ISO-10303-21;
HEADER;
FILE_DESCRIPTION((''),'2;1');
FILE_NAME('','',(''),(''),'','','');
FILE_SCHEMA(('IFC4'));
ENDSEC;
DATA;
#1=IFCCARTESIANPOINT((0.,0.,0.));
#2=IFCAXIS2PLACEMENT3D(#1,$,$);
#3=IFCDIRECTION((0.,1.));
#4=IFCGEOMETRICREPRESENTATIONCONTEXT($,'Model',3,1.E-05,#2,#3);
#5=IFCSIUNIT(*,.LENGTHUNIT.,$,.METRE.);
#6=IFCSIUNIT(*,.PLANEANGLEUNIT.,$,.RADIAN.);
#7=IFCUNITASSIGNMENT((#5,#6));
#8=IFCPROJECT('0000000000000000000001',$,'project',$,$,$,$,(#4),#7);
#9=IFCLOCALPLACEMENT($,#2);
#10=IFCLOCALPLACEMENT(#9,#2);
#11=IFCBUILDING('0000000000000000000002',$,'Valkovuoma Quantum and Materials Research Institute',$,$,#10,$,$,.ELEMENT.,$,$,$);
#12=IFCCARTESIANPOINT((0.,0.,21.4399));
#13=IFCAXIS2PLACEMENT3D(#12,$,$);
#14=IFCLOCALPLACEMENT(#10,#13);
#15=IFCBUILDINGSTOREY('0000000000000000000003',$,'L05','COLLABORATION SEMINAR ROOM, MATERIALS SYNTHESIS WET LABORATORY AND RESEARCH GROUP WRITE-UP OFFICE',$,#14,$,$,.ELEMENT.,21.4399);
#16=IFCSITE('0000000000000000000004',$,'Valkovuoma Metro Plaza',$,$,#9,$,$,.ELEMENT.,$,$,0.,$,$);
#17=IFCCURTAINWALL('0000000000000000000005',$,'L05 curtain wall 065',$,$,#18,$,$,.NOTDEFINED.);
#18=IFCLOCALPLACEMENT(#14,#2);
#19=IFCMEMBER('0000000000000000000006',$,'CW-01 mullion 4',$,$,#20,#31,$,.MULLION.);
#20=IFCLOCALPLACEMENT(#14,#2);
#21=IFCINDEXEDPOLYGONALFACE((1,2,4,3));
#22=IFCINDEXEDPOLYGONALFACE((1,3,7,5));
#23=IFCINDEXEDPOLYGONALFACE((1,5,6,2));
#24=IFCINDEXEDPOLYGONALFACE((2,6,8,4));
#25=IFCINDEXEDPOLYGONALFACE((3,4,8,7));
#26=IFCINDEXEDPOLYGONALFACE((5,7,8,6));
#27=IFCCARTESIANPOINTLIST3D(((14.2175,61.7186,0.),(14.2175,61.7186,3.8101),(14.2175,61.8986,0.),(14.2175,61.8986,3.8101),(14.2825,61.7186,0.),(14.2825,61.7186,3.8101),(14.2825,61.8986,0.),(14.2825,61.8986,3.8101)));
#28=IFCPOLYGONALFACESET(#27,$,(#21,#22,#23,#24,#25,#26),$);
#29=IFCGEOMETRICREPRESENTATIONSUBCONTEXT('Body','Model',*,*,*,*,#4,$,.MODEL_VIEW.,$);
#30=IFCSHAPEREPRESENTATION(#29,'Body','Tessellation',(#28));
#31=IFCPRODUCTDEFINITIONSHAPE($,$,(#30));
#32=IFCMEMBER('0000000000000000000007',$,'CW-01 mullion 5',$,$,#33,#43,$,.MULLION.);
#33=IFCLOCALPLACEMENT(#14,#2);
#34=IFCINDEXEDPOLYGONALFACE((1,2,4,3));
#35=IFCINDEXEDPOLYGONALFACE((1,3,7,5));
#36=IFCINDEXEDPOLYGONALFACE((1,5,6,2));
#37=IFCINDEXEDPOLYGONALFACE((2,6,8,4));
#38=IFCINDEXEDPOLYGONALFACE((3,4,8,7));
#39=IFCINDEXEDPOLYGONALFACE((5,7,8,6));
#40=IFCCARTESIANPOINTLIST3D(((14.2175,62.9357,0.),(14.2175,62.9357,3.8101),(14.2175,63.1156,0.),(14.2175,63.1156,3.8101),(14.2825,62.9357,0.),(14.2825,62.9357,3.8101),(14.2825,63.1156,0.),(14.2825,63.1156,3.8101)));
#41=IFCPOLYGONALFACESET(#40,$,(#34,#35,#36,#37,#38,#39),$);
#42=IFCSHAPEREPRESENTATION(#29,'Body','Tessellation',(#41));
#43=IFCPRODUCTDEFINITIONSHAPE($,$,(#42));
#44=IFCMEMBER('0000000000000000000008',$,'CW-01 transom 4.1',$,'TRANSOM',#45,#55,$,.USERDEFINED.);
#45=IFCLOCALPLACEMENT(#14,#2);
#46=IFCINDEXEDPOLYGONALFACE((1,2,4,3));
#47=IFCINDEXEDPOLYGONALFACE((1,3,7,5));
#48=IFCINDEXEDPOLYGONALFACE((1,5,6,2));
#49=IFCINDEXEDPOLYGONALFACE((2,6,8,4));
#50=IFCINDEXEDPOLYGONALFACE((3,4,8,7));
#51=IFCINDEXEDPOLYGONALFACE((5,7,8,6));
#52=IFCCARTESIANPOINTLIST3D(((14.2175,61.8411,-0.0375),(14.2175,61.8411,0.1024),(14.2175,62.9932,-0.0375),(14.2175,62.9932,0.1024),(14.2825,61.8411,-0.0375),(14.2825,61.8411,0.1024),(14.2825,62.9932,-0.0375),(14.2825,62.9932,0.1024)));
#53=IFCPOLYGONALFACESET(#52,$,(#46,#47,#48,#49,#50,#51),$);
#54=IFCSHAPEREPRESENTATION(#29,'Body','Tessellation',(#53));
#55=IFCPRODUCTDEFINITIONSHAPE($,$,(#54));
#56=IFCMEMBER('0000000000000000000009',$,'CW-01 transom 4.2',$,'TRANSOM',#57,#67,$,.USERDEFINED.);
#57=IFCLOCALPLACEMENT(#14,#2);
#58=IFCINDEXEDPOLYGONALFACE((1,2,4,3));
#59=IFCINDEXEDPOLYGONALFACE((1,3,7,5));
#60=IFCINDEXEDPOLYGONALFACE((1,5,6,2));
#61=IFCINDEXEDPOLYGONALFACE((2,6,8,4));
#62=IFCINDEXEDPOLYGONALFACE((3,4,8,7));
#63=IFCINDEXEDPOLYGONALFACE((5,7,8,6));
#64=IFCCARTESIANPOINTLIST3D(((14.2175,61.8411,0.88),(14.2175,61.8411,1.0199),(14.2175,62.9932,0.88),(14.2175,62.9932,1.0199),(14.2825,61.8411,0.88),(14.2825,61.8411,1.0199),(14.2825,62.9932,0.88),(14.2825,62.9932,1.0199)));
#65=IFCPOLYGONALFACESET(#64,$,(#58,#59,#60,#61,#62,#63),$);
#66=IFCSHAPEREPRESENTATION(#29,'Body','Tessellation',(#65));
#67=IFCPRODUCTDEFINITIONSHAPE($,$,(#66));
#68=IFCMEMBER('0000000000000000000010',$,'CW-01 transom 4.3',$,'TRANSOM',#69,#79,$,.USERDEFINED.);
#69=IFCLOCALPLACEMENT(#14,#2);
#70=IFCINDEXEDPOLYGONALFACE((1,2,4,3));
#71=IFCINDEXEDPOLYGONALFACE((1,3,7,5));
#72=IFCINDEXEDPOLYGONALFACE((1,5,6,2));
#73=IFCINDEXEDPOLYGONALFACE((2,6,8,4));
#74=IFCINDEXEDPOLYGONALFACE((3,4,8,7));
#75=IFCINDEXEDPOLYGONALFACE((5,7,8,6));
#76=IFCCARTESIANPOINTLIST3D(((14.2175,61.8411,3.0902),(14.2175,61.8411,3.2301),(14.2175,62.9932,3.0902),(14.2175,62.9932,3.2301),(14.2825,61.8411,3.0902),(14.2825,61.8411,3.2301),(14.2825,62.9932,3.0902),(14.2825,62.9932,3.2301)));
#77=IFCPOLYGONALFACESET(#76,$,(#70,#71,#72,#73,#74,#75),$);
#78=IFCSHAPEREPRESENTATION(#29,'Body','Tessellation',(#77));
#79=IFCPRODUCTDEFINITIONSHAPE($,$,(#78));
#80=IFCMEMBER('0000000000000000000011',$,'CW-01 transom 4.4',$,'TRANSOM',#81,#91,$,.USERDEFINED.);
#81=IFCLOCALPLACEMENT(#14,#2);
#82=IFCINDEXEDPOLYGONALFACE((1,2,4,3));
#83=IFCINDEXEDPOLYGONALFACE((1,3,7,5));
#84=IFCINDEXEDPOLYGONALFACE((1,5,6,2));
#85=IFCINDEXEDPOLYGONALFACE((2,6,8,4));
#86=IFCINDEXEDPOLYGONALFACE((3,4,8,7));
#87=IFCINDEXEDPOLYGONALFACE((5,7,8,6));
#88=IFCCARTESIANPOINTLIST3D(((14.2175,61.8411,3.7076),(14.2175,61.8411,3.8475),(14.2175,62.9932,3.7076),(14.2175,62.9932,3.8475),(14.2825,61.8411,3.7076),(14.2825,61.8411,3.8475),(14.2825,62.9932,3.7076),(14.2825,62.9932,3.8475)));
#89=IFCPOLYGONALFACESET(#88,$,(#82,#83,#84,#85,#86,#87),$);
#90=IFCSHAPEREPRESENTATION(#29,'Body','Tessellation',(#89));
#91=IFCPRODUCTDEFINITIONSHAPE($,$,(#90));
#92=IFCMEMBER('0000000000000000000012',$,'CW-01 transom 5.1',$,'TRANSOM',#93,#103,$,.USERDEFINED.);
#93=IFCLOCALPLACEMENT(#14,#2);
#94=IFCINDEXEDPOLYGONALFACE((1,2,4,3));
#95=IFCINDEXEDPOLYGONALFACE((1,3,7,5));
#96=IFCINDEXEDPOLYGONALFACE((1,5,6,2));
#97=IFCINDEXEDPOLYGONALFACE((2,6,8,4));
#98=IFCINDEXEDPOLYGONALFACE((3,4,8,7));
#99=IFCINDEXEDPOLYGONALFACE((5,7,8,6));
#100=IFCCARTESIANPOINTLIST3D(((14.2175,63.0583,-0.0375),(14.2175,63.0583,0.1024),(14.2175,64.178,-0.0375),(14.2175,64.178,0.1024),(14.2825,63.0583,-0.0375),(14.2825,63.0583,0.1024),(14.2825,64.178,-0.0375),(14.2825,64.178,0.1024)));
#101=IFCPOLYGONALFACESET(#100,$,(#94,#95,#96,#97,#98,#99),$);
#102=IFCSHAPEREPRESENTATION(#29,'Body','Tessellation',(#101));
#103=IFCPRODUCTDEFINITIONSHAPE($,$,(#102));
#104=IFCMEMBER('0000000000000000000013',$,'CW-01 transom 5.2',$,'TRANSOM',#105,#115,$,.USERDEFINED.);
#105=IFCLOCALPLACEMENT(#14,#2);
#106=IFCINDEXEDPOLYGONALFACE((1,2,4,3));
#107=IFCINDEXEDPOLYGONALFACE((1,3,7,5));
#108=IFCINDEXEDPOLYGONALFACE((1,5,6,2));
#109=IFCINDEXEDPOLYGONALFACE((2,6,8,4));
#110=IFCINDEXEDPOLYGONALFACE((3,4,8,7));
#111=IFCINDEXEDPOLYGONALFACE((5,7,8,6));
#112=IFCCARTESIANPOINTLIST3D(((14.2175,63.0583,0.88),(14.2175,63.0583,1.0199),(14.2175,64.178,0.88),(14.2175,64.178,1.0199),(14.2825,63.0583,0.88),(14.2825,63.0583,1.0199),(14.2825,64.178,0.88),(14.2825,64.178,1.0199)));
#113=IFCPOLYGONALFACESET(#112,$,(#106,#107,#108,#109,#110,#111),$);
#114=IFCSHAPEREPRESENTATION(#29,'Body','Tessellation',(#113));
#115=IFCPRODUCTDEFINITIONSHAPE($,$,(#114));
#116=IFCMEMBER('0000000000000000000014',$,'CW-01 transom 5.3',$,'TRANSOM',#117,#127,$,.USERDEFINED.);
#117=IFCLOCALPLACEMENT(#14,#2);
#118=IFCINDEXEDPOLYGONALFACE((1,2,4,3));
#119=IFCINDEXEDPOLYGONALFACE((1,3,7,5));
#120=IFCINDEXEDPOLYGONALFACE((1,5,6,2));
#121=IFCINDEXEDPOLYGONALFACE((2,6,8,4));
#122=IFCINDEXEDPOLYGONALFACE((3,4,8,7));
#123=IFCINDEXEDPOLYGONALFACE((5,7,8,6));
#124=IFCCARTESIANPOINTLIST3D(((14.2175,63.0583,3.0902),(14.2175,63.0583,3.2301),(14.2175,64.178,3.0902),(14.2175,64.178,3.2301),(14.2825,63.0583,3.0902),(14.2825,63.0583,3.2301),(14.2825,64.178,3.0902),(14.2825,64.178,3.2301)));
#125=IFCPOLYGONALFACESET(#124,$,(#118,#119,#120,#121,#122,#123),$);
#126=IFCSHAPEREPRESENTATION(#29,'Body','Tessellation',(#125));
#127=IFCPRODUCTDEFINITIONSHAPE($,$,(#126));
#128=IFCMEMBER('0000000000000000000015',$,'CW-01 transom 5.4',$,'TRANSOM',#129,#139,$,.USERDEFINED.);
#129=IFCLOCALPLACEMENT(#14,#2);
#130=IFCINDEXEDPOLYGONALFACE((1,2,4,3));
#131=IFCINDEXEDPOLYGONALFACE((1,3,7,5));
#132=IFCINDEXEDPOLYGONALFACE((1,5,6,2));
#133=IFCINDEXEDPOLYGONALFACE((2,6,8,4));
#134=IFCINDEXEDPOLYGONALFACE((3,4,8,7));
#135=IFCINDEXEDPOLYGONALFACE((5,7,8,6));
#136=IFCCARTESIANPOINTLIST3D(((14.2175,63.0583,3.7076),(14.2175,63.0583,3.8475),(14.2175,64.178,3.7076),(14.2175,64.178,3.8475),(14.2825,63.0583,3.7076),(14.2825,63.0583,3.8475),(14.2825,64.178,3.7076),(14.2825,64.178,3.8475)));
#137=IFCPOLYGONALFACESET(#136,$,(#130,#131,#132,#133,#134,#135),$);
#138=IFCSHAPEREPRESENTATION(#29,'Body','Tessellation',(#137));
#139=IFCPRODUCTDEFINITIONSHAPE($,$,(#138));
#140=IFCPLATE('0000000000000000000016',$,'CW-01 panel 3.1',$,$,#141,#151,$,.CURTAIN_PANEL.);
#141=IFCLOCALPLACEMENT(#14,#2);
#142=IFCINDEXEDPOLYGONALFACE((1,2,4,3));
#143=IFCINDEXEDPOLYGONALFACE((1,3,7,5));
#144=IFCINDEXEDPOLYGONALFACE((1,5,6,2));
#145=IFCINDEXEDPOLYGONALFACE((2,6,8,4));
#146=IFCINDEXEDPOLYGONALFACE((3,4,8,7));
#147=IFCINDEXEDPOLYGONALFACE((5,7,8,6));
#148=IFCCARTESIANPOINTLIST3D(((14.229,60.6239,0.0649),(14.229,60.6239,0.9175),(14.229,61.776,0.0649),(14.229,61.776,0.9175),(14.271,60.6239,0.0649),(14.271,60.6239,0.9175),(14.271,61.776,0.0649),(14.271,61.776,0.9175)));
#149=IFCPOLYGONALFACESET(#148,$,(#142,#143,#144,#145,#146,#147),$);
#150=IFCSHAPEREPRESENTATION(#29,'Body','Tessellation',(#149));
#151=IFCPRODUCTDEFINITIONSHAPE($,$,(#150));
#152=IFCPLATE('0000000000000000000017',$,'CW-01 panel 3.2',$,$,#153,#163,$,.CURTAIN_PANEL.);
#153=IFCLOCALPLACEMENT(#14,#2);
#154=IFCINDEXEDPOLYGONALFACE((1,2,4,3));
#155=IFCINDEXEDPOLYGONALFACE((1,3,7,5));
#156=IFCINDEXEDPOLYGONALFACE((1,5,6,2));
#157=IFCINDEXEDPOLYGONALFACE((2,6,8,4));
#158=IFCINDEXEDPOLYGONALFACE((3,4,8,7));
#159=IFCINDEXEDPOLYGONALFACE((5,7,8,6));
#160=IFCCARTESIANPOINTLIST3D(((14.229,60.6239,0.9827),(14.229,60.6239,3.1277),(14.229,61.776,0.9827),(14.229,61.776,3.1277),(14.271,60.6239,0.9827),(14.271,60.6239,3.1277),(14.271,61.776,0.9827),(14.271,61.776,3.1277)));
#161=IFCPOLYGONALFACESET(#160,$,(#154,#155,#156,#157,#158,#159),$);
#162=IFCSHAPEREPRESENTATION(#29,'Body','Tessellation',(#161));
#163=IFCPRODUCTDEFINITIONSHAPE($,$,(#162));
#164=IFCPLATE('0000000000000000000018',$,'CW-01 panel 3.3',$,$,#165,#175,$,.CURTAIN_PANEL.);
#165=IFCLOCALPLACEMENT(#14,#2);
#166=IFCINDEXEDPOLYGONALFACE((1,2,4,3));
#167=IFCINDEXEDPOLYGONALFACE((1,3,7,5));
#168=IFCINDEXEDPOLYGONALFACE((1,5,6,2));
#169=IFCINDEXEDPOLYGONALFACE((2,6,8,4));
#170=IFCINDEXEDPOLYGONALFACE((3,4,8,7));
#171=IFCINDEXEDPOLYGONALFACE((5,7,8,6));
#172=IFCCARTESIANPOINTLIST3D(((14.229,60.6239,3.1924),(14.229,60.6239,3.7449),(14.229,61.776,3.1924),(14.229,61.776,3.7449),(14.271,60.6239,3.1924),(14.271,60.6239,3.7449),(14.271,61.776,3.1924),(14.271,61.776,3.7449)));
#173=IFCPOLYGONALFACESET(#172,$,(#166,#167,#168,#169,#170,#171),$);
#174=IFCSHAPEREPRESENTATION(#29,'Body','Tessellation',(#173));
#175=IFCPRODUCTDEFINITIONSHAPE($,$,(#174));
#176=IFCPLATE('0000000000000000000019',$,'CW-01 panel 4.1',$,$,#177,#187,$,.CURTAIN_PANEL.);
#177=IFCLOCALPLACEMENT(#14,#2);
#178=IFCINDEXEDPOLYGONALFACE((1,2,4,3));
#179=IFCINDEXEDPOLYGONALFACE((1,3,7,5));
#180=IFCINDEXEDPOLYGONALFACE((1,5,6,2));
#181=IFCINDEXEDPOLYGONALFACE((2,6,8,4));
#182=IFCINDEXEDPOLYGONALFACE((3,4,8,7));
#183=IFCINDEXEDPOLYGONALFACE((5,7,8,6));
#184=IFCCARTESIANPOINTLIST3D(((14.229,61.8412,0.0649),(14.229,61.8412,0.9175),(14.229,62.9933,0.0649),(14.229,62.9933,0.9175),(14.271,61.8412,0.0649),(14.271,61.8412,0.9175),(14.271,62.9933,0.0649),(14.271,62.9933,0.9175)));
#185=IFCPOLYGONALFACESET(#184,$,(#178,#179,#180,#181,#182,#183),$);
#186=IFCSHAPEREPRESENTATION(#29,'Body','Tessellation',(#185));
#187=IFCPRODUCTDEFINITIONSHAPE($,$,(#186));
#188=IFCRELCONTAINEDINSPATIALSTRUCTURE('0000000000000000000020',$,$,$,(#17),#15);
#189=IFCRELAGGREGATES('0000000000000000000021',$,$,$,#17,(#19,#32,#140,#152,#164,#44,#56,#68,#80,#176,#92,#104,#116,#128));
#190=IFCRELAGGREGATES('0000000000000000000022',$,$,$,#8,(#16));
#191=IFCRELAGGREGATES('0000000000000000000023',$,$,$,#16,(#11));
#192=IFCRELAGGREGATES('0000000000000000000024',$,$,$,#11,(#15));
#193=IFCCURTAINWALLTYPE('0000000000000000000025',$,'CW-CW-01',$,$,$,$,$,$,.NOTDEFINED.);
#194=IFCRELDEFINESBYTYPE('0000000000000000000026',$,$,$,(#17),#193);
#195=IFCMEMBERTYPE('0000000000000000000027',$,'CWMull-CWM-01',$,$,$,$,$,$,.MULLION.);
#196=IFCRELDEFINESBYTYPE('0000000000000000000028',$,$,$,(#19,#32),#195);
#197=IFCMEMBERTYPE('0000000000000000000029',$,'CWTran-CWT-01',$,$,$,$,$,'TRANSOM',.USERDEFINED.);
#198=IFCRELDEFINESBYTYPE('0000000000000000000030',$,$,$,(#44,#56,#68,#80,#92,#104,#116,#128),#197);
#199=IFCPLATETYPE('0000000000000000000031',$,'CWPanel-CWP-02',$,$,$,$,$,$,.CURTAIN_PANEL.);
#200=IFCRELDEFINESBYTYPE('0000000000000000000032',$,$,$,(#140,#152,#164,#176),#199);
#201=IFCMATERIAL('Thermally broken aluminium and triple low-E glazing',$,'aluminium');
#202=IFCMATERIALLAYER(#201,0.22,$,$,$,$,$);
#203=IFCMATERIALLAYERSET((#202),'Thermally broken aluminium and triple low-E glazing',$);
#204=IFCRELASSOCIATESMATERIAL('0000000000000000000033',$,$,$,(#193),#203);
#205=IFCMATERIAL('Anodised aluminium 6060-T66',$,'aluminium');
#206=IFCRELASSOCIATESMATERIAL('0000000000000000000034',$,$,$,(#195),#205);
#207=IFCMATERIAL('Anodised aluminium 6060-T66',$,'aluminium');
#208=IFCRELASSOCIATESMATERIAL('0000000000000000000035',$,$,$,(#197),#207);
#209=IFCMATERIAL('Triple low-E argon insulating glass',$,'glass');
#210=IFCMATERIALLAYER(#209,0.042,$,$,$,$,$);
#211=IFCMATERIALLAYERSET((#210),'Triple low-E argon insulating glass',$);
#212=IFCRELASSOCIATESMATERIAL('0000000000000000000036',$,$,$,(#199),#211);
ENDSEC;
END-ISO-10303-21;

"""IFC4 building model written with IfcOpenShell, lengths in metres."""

from ifc_helpers import new_model, si_unit, direction, frame, origin, origin_2d, place, context, subcontext, project, spatial, rectangle, extrude, material, layer, layer_set, material_profile, profile_set, type_object, element, aggregate, save


model = new_model("IFC4")

# Units and contexts
model_context = context("Model", 3, precision=1e-05, world=origin(), true_north=direction((0.0, 1.0)))
body_context = subcontext(model_context, "Body", "Model", "MODEL_VIEW")
ifc_project = project(units=[si_unit("LENGTHUNIT", "METRE"), si_unit("PLANEANGLEUNIT", "RADIAN")], contexts=[model_context])

# Site, building, storey
site_placement = place(None, origin())
site = spatial("IfcSite", under=ifc_project, at=site_placement, Name="Valkovuoma Metro Plaza", CompositionType="ELEMENT", RefElevation=0.0)
building_placement = place(site_placement, origin())
building = spatial("IfcBuilding", under=site, at=building_placement, Name="Valkovuoma Quantum and Materials Research Institute", CompositionType="ELEMENT")
storey_placement = place(building_placement, frame((0.0, 0.0, 21.4399)))
storey = spatial("IfcBuildingStorey", under=building, at=storey_placement, Name="L05", Description="COLLABORATION SEMINAR ROOM, MATERIALS SYNTHESIS WET LABORATORY AND RESEARCH GROUP WRITE-UP OFFICE", CompositionType="ELEMENT", Elevation=21.4399)

# Curtain wall, members, plates
ifc_material_1 = material(Name="Thermally broken aluminium and triple low-E glazing", Category="aluminium")
ifc_layer_1 = layer(ifc_material_1, 0.22)
ifc_layer_set_1 = layer_set([ifc_layer_1], Name="Thermally broken aluminium and triple low-E glazing")
curtain_wall_type = type_object("IfcCurtainWallType", Name="CW-CW-01", PredefinedType="NOTDEFINED", material=ifc_layer_set_1)
curtain_wall_placement = place(storey_placement, origin())
curtain_wall = element("IfcCurtainWall", 1, at=curtain_wall_placement, inside=storey, type_object=curtain_wall_type, Name="L05 curtain wall 065", PredefinedType="NOTDEFINED")
ifc_material_2 = material(Name="Anodised aluminium 6060-T66", Category="aluminium")
ifc_material_profile_1 = material_profile(ifc_material_2, rectangle(XDim=0.0649, YDim=0.1799, at=origin_2d()), Name="Anodised aluminium 6060-T66")
ifc_profile_set_1 = profile_set([ifc_material_profile_1], Name="Anodised aluminium 6060-T66")
member_type_1 = type_object("IfcMemberType", Name="CWMull-CWM-01", PredefinedType="MULLION", material=ifc_profile_set_1)
member_1_placement = place(storey_placement, frame((14.25, 61.8086, 0.0), z_axis=(0.0, 0.0, 1.0), x_axis=(-1.0, 0.0, 0.0)))
member_1 = element("IfcMember", 2, at=member_1_placement, type_object=member_type_1, Name="CW-01 mullion 4", PredefinedType="MULLION", context=body_context, shape_type="SweptSolid", body=[
    extrude(rectangle(XDim=0.0649, YDim=0.1799, at=origin_2d()), origin(), (0.0, 0.0, 1.0), 3.8101),
])
member_2_placement = place(storey_placement, frame((14.25, 63.0256, 0.0), z_axis=(0.0, 0.0, 1.0), x_axis=(-1.0, 0.0, 0.0)))
member_2 = element("IfcMember", 3, at=member_2_placement, type_object=member_type_1, Name="CW-01 mullion 5", PredefinedType="MULLION", context=body_context, shape_type="SweptSolid", body=[
    extrude(rectangle(XDim=0.0649, YDim=0.1799, at=origin_2d()), origin(), (0.0, 0.0, 1.0), 3.8101),
])
ifc_material_3 = material(Name="Anodised aluminium 6060-T66", Category="aluminium")
ifc_material_profile_2 = material_profile(ifc_material_3, rectangle(XDim=0.0649, YDim=0.1399, at=origin_2d()), Name="Anodised aluminium 6060-T66")
ifc_profile_set_2 = profile_set([ifc_material_profile_2], Name="Anodised aluminium 6060-T66")
member_type_2 = type_object("IfcMemberType", Name="CWTran-CWT-01", ElementType="TRANSOM", PredefinedType="USERDEFINED", material=ifc_profile_set_2)
member_3_placement = place(storey_placement, frame((14.25, 61.8411, 0.0325), z_axis=(0.0, 1.0, 0.0), x_axis=(-1.0, 0.0, 0.0)))
member_3 = element("IfcMember", 4, at=member_3_placement, type_object=member_type_2, Name="CW-01 transom 4.1", ObjectType="TRANSOM", PredefinedType="USERDEFINED", context=body_context, shape_type="SweptSolid", body=[
    extrude(rectangle(XDim=0.0649, YDim=0.1399, at=origin_2d()), origin(), (0.0, 0.0, 1.0), 1.1521),
])
member_4_placement = place(storey_placement, frame((14.25, 61.8411, 0.95), z_axis=(0.0, 1.0, 0.0), x_axis=(-1.0, 0.0, 0.0)))
member_4 = element("IfcMember", 5, at=member_4_placement, type_object=member_type_2, Name="CW-01 transom 4.2", ObjectType="TRANSOM", PredefinedType="USERDEFINED", context=body_context, shape_type="SweptSolid", body=[
    extrude(rectangle(XDim=0.0649, YDim=0.1399, at=origin_2d()), origin(), (0.0, 0.0, 1.0), 1.1521),
])
member_5_placement = place(storey_placement, frame((14.25, 61.8411, 3.1602), z_axis=(0.0, 1.0, 0.0), x_axis=(-1.0, 0.0, 0.0)))
member_5 = element("IfcMember", 6, at=member_5_placement, type_object=member_type_2, Name="CW-01 transom 4.3", ObjectType="TRANSOM", PredefinedType="USERDEFINED", context=body_context, shape_type="SweptSolid", body=[
    extrude(rectangle(XDim=0.0649, YDim=0.1399, at=origin_2d()), origin(), (0.0, 0.0, 1.0), 1.1521),
])
member_6_placement = place(storey_placement, frame((14.25, 61.8411, 3.7776), z_axis=(0.0, 1.0, 0.0), x_axis=(-1.0, 0.0, 0.0)))
member_6 = element("IfcMember", 7, at=member_6_placement, type_object=member_type_2, Name="CW-01 transom 4.4", ObjectType="TRANSOM", PredefinedType="USERDEFINED", context=body_context, shape_type="SweptSolid", body=[
    extrude(rectangle(XDim=0.0649, YDim=0.1399, at=origin_2d()), origin(), (0.0, 0.0, 1.0), 1.1521),
])
member_7_placement = place(storey_placement, frame((14.25, 63.0583, 0.0325), z_axis=(0.0, 1.0, 0.0), x_axis=(-1.0, 0.0, 0.0)))
member_7 = element("IfcMember", 8, at=member_7_placement, type_object=member_type_2, Name="CW-01 transom 5.1", ObjectType="TRANSOM", PredefinedType="USERDEFINED", context=body_context, shape_type="SweptSolid", body=[
    extrude(rectangle(XDim=0.0649, YDim=0.1399, at=origin_2d()), origin(), (0.0, 0.0, 1.0), 1.1196),
])
member_8_placement = place(storey_placement, frame((14.25, 63.0583, 0.95), z_axis=(0.0, 1.0, 0.0), x_axis=(-1.0, 0.0, 0.0)))
member_8 = element("IfcMember", 9, at=member_8_placement, type_object=member_type_2, Name="CW-01 transom 5.2", ObjectType="TRANSOM", PredefinedType="USERDEFINED", context=body_context, shape_type="SweptSolid", body=[
    extrude(rectangle(XDim=0.0649, YDim=0.1399, at=origin_2d()), origin(), (0.0, 0.0, 1.0), 1.1196),
])
member_9_placement = place(storey_placement, frame((14.25, 63.0583, 3.1602), z_axis=(0.0, 1.0, 0.0), x_axis=(-1.0, 0.0, 0.0)))
member_9 = element("IfcMember", 10, at=member_9_placement, type_object=member_type_2, Name="CW-01 transom 5.3", ObjectType="TRANSOM", PredefinedType="USERDEFINED", context=body_context, shape_type="SweptSolid", body=[
    extrude(rectangle(XDim=0.0649, YDim=0.1399, at=origin_2d()), origin(), (0.0, 0.0, 1.0), 1.1196),
])
member_10_placement = place(storey_placement, frame((14.25, 63.0583, 3.7776), z_axis=(0.0, 1.0, 0.0), x_axis=(-1.0, 0.0, 0.0)))
member_10 = element("IfcMember", 11, at=member_10_placement, type_object=member_type_2, Name="CW-01 transom 5.4", ObjectType="TRANSOM", PredefinedType="USERDEFINED", context=body_context, shape_type="SweptSolid", body=[
    extrude(rectangle(XDim=0.0649, YDim=0.1399, at=origin_2d()), origin(), (0.0, 0.0, 1.0), 1.1196),
])
ifc_material_4 = material(Name="Triple low-E argon insulating glass", Category="glass")
ifc_layer_2 = layer(ifc_material_4, 0.042)
ifc_layer_set_2 = layer_set([ifc_layer_2], Name="Triple low-E argon insulating glass")
plate_type = type_object("IfcPlateType", Name="CWPanel-CWP-02", PredefinedType="CURTAIN_PANEL", material=ifc_layer_set_2)
plate_1_placement = place(storey_placement, frame((14.25, 61.2, 0.0649), z_axis=(0.0, 0.0, 1.0), x_axis=(0.0, 1.0, 0.0)))
plate_1 = element("IfcPlate", 12, at=plate_1_placement, type_object=plate_type, Name="CW-01 panel 3.1", PredefinedType="CURTAIN_PANEL", context=body_context, shape_type="SweptSolid", body=[
    extrude(rectangle(XDim=1.1521, YDim=0.042, at=origin_2d()), origin(), (0.0, 0.0, 1.0), 0.8525),
])
plate_2_placement = place(storey_placement, frame((14.25, 61.2, 0.9827), z_axis=(0.0, 0.0, 1.0), x_axis=(0.0, 1.0, 0.0)))
plate_2 = element("IfcPlate", 13, at=plate_2_placement, type_object=plate_type, Name="CW-01 panel 3.2", PredefinedType="CURTAIN_PANEL", context=body_context, shape_type="SweptSolid", body=[
    extrude(rectangle(XDim=1.1521, YDim=0.042, at=origin_2d()), origin(), (0.0, 0.0, 1.0), 2.145),
])
plate_3_placement = place(storey_placement, frame((14.25, 61.2, 3.1924), z_axis=(0.0, 0.0, 1.0), x_axis=(0.0, 1.0, 0.0)))
plate_3 = element("IfcPlate", 14, at=plate_3_placement, type_object=plate_type, Name="CW-01 panel 3.3", PredefinedType="CURTAIN_PANEL", context=body_context, shape_type="SweptSolid", body=[
    extrude(rectangle(XDim=1.1521, YDim=0.042, at=origin_2d()), origin(), (0.0, 0.0, 1.0), 0.5525),
])
plate_4_placement = place(storey_placement, frame((14.25, 62.4172, 0.0649), z_axis=(0.0, 0.0, 1.0), x_axis=(0.0, 1.0, 0.0)))
plate_4 = element("IfcPlate", 15, at=plate_4_placement, type_object=plate_type, Name="CW-01 panel 4.1", PredefinedType="CURTAIN_PANEL", context=body_context, shape_type="SweptSolid", body=[
    extrude(rectangle(XDim=1.1521, YDim=0.042, at=origin_2d()), origin(), (0.0, 0.0, 1.0), 0.8525),
])
aggregate(curtain_wall, [member_1, member_2, plate_1, plate_2, plate_3, member_3, member_4, member_5, member_6, plate_4, member_7, member_8, member_9, member_10])

save(model, "model.ifc")
